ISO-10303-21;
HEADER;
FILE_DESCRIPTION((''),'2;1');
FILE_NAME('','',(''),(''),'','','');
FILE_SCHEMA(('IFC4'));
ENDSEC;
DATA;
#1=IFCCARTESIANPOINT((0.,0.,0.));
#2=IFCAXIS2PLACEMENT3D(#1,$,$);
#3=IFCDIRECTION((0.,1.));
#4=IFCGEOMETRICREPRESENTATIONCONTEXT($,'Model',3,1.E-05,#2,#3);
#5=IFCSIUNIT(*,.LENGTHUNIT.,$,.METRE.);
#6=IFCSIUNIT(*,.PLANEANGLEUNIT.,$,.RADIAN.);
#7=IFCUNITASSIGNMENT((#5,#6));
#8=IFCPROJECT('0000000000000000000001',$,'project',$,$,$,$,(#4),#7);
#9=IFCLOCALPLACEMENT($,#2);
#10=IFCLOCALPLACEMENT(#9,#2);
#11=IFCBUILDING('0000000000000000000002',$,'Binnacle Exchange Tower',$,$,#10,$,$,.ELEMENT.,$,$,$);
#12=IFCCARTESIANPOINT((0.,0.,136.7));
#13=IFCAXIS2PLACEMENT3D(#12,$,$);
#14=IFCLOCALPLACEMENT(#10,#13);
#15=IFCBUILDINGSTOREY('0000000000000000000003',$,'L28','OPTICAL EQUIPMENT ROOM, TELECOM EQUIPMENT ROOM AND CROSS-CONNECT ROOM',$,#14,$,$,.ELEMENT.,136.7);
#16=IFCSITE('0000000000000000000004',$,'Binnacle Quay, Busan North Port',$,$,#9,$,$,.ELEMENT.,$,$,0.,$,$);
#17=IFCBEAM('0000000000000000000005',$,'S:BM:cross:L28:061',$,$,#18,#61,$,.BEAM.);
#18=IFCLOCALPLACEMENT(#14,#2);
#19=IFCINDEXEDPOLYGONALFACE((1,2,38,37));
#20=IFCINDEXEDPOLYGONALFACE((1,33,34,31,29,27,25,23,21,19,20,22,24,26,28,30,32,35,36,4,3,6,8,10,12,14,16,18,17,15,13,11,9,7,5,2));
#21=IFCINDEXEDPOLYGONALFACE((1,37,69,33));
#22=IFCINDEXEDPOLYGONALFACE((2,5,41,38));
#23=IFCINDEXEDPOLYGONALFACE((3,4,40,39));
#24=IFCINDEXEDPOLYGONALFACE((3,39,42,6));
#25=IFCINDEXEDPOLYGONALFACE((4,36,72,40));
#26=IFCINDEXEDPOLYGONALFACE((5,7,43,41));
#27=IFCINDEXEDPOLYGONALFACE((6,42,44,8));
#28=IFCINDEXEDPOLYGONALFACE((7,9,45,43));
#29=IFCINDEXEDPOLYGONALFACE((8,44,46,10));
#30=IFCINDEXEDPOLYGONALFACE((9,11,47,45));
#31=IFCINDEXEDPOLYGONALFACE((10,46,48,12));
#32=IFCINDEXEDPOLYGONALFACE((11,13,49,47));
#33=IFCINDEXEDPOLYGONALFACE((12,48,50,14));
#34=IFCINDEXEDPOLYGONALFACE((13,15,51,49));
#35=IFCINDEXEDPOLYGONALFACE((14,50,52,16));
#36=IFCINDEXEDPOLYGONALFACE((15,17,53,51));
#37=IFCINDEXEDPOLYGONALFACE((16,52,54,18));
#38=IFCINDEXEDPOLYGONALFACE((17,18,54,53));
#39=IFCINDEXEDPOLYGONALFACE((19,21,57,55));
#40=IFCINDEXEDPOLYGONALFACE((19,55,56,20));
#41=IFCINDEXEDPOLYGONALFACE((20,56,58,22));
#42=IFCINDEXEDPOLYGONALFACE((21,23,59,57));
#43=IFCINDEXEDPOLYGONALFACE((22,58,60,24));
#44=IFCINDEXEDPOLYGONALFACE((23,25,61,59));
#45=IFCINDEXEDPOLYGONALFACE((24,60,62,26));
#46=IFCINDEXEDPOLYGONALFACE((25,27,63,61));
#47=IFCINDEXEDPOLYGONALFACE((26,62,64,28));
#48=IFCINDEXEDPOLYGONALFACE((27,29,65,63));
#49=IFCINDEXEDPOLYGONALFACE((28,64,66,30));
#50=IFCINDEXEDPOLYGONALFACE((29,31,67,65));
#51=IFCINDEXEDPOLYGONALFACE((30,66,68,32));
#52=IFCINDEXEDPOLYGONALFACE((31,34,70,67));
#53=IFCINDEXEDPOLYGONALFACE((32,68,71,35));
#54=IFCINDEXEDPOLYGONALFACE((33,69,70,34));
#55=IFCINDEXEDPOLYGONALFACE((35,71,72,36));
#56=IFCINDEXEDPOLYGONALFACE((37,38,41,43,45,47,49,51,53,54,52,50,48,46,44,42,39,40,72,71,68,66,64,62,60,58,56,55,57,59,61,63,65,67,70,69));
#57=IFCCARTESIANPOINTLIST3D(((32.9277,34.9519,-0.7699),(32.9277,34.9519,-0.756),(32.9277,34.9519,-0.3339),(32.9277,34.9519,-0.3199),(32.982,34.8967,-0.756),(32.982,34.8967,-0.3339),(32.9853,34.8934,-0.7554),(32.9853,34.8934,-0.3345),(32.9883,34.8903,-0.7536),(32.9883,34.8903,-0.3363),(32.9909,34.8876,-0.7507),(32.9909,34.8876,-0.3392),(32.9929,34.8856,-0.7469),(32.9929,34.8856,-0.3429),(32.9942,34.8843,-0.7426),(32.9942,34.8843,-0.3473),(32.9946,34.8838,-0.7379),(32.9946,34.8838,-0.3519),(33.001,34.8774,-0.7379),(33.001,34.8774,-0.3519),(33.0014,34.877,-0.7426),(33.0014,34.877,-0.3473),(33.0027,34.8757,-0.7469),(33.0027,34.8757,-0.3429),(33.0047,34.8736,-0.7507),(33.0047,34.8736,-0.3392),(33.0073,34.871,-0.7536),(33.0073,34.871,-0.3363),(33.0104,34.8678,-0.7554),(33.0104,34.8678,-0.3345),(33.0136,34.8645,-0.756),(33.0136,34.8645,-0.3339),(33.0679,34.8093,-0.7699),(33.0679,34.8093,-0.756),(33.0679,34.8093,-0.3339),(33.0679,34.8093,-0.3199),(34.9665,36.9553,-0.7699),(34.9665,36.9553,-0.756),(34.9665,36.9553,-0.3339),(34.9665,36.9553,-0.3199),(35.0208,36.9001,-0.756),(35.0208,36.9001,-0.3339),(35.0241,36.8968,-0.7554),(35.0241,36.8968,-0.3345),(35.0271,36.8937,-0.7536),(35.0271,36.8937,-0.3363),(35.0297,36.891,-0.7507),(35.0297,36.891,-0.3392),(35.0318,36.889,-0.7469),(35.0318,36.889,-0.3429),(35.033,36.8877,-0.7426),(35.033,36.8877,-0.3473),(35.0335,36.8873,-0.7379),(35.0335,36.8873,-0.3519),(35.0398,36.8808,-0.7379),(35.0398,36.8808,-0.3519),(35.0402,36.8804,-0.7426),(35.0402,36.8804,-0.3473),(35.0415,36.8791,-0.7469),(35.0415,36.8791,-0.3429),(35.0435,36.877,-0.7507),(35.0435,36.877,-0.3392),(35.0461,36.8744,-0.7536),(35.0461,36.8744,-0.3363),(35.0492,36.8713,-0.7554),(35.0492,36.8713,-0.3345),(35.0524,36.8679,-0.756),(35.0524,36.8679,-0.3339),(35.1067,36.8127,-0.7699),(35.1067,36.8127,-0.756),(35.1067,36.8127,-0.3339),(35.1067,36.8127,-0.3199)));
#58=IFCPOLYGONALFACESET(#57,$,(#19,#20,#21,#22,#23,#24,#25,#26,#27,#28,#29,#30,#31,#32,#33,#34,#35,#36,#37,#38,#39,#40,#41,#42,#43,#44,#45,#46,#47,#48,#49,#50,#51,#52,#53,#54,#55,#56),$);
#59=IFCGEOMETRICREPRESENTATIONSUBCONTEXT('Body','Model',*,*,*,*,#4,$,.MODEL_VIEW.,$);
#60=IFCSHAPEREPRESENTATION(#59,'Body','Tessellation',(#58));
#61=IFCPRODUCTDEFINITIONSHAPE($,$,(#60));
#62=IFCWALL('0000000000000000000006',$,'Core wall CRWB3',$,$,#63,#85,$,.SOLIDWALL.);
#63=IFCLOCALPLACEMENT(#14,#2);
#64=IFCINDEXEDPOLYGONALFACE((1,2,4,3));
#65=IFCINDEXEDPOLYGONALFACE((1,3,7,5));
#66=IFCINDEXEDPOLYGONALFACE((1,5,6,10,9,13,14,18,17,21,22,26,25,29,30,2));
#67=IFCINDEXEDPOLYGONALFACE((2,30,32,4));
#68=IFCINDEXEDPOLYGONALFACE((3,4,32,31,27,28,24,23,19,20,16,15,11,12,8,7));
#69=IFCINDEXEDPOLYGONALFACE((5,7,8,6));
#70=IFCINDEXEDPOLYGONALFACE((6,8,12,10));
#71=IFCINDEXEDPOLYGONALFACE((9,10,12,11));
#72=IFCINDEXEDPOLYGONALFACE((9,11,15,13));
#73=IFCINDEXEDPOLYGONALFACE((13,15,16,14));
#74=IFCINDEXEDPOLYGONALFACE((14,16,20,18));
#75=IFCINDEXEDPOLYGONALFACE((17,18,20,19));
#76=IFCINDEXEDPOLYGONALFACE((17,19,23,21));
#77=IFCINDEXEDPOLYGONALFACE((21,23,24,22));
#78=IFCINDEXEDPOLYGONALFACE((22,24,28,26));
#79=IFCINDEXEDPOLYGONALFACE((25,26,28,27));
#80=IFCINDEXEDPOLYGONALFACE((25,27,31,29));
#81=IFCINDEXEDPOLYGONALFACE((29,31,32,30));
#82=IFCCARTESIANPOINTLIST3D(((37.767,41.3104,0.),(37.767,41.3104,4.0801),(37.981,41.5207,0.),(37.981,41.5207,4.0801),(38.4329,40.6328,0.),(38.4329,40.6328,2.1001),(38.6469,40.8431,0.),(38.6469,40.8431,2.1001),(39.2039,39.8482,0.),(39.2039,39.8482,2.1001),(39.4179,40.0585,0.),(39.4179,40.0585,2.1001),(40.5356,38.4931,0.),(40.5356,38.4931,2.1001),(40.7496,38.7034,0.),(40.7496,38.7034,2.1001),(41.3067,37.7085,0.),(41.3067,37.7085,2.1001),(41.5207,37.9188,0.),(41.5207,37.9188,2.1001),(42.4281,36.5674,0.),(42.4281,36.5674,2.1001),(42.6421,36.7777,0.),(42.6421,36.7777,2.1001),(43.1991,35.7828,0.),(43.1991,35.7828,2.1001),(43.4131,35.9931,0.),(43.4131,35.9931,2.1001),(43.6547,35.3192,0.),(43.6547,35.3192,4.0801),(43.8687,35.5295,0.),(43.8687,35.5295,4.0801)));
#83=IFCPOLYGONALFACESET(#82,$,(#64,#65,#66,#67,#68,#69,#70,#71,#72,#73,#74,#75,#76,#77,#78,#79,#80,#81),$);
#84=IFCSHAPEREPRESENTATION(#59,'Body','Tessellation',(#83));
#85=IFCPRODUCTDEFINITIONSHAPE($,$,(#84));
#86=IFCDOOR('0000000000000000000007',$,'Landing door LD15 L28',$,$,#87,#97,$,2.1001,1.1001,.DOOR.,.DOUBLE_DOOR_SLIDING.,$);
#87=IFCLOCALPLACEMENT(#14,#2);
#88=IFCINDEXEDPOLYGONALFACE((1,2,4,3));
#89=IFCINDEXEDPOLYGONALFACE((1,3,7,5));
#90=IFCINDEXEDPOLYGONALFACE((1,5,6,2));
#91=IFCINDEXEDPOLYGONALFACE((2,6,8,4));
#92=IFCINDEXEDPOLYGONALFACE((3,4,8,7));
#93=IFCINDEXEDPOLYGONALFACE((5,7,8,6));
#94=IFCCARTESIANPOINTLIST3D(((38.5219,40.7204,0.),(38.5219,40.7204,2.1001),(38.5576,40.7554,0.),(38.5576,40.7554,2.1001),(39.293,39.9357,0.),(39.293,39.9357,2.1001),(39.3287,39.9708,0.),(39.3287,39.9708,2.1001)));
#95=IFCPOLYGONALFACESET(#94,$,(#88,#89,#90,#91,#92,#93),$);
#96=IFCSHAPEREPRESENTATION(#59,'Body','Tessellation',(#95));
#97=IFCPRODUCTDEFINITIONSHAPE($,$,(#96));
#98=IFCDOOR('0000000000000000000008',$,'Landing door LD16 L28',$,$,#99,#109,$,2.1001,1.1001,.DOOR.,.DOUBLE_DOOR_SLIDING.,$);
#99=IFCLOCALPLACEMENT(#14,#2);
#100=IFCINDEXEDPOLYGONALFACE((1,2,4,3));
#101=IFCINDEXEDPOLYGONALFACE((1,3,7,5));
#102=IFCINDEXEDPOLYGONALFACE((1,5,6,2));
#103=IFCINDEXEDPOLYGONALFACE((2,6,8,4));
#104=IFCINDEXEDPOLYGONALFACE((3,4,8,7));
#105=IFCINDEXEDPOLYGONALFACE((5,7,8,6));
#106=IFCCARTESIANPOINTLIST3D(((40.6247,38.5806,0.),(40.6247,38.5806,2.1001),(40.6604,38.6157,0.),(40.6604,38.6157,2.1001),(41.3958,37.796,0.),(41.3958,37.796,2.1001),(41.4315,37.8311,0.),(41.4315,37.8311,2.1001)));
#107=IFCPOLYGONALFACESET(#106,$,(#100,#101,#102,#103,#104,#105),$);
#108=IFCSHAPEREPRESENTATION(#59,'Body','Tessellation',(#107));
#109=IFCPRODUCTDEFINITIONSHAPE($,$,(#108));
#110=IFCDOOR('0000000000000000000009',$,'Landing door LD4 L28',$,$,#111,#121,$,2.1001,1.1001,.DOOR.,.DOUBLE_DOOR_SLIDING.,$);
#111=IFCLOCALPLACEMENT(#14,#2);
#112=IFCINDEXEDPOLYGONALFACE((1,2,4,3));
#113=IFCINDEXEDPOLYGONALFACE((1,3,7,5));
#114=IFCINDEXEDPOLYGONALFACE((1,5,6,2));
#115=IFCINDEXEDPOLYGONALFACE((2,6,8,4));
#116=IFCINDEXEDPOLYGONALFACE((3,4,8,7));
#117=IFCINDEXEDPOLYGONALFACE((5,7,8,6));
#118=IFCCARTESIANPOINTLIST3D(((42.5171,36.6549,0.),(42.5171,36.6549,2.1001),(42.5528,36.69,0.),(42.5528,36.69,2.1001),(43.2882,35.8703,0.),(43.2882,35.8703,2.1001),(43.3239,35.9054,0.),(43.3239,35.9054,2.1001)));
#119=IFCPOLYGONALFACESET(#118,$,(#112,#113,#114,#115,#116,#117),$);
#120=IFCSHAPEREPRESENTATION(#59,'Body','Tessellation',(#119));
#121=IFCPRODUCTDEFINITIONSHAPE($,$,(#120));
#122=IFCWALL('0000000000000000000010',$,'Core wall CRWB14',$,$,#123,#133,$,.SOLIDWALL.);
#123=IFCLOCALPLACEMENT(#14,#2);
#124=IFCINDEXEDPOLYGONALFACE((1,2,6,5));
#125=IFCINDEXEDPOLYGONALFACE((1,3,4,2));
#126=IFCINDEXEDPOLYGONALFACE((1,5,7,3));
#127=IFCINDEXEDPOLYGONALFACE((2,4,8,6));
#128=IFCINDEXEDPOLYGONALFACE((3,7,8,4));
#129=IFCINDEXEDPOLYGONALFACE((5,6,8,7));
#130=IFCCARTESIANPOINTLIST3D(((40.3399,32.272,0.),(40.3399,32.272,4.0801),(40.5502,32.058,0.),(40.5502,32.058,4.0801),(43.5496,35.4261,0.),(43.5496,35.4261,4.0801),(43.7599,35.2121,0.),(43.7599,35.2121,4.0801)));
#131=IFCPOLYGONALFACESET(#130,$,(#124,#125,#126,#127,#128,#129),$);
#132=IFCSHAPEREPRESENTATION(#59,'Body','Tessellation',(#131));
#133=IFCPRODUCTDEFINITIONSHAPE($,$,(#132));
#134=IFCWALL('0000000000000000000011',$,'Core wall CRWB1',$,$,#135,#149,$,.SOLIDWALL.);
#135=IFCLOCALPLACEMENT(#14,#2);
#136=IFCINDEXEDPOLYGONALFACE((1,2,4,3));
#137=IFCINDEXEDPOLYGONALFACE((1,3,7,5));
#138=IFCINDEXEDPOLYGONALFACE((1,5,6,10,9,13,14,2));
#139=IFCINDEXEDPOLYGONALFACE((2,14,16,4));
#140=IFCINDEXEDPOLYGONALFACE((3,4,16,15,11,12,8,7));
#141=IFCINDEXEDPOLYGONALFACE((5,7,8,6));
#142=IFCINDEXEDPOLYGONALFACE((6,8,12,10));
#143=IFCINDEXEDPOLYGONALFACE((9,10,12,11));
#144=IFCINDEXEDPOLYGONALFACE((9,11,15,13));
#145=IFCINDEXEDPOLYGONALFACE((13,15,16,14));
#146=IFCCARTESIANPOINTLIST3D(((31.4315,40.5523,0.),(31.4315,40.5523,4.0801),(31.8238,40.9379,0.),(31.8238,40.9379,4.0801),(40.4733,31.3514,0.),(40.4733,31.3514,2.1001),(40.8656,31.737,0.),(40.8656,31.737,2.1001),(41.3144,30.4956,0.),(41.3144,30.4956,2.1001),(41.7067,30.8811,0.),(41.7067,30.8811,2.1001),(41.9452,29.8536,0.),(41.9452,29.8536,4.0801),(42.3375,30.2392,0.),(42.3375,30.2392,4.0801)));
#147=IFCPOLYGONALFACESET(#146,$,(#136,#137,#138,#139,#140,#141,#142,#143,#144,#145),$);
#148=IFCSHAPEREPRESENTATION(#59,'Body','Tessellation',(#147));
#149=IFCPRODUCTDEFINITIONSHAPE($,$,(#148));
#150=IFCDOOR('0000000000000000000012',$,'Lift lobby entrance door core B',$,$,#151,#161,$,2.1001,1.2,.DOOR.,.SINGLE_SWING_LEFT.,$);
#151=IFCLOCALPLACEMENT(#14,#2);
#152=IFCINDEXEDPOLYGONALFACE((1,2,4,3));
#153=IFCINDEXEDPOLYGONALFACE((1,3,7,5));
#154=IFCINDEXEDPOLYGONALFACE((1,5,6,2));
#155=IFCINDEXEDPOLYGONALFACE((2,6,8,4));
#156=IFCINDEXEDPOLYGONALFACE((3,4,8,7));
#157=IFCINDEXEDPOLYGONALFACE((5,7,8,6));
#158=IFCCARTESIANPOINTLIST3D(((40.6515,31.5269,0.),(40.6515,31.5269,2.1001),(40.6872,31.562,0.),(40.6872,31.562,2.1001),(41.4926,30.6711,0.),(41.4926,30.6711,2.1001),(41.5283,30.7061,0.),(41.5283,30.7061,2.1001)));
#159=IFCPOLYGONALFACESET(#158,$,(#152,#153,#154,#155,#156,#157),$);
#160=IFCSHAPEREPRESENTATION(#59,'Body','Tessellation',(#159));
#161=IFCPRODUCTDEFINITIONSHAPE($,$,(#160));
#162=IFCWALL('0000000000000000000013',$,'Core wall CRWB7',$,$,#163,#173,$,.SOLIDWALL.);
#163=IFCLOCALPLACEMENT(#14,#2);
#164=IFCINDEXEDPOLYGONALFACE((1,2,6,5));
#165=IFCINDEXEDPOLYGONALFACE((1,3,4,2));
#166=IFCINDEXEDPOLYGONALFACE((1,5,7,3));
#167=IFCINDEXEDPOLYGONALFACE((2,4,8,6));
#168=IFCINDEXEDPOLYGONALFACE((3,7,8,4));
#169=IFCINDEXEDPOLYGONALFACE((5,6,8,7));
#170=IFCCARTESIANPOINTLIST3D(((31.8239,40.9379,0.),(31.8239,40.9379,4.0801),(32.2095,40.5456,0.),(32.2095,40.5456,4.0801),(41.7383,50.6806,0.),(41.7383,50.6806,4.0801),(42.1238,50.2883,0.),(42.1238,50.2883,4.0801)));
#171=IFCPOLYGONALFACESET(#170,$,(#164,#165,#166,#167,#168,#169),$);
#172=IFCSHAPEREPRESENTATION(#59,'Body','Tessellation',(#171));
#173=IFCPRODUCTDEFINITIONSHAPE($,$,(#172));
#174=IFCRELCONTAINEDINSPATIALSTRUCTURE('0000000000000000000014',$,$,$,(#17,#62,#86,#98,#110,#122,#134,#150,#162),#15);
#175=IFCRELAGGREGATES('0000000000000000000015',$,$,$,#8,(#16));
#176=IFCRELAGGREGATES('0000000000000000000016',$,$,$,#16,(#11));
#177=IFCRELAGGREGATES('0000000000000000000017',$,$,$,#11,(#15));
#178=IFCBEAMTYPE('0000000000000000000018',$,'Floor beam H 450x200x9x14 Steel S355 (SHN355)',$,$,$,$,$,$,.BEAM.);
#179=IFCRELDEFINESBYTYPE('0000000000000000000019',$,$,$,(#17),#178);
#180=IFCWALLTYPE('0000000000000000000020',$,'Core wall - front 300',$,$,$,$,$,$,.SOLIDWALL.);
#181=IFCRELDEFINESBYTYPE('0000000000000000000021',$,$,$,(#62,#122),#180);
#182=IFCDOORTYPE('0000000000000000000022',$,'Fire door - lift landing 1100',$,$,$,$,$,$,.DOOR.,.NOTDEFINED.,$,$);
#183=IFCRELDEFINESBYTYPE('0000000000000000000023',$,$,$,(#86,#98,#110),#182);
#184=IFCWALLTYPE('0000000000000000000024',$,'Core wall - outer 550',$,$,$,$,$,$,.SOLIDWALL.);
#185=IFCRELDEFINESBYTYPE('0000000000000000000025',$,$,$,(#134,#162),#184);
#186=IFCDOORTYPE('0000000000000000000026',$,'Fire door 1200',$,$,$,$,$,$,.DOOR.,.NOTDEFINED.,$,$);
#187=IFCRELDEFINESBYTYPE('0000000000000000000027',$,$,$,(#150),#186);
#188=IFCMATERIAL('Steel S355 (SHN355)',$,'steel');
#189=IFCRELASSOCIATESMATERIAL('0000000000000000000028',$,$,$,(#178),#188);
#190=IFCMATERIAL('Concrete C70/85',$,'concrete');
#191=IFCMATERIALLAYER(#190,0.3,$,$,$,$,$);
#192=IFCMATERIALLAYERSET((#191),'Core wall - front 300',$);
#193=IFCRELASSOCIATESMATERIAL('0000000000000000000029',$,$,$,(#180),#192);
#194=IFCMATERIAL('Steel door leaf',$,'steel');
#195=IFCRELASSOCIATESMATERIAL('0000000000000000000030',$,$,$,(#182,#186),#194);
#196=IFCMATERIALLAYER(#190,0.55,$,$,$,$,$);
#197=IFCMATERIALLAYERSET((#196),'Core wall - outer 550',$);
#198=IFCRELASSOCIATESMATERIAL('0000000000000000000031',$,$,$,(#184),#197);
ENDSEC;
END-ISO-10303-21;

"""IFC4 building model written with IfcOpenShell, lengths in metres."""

from ifc_helpers import new_model, si_unit, direction, frame, frame_2d, origin, origin_2d, place, context, subcontext, project, spatial, rectangle, i_section, extrude, material, layer, layer_set, material_profile, profile_set, type_object, element, fill, save


model = new_model("IFC4")

# Units and contexts
model_context = context("Model", 3, precision=1e-05, world=origin(), true_north=direction((0.0, 1.0)))
body_context = subcontext(model_context, "Body", "Model", "MODEL_VIEW")
ifc_project = project(units=[si_unit("LENGTHUNIT", "METRE"), si_unit("PLANEANGLEUNIT", "RADIAN")], contexts=[model_context])

# Site, building, storey
site_placement = place(None, origin())
site = spatial("IfcSite", under=ifc_project, at=site_placement, Name="Binnacle Quay, Busan North Port", CompositionType="ELEMENT", RefElevation=0.0)
building_placement = place(site_placement, origin())
building = spatial("IfcBuilding", under=site, at=building_placement, Name="Binnacle Exchange Tower", CompositionType="ELEMENT")
storey_placement = place(building_placement, frame((0.0, 0.0, 136.7)))
storey = spatial("IfcBuildingStorey", under=building, at=storey_placement, Name="L28", Description="OPTICAL EQUIPMENT ROOM, TELECOM EQUIPMENT ROOM AND CROSS-CONNECT ROOM", CompositionType="ELEMENT", Elevation=136.7)

# Shared definitions
ifc_material_1 = material(Name="Concrete C70/85", Category="concrete")

# Beam
ifc_material_2 = material(Name="Steel S355 (SHN355)", Category="steel")
ifc_material_profile_1 = material_profile(ifc_material_2, i_section(OverallWidth=0.2, OverallDepth=0.45, WebThickness=0.009, FlangeThickness=0.0139, FilletRadius=0.0181, at=origin_2d()), Name="H 450x200x9x14")
ifc_profile_set_1 = profile_set([ifc_material_profile_1], Name="Steel S355 (SHN355)")
beam_type_1 = type_object("IfcBeamType", Name="Floor beam H 450x200x9x14 Steel S355 (SHN355)", PredefinedType="BEAM", material=ifc_profile_set_1)
beam_1_placement = place(storey_placement, frame((32.9978, 34.8806, -0.5449), z_axis=(0.713272, 0.700887, 0.0), x_axis=(-0.700887, 0.713272, 0.0)))
element("IfcBeam", 1, at=beam_1_placement, inside=storey, type_object=beam_type_1, Name="S:BM:cross:L28:061", PredefinedType="BEAM", context=body_context, shape_type="SweptSolid", body=[
    extrude(i_section(OverallWidth=0.2, OverallDepth=0.45, WebThickness=0.009, FlangeThickness=0.0139, FilletRadius=0.0181, at=origin_2d()), origin(), (0.0, 0.0, 1.0), 2.8584),
])

# Wall, openings, doors
ifc_layer_1 = layer(ifc_material_1, 0.3)
ifc_layer_set_1 = layer_set([ifc_layer_1], Name="Core wall - front 300")
wall_type_1 = type_object("IfcWallType", Name="Core wall - front 300", PredefinedType="SOLIDWALL", material=ifc_layer_set_1)
wall_1_placement = place(storey_placement, frame((37.874, 41.4155, 0.0), z_axis=(0.0, 0.0, 1.0), x_axis=(0.700918, -0.713242, 0.0)))
wall_1 = element("IfcWall", 2, at=wall_1_placement, inside=storey, type_object=wall_type_1, Name="Core wall CRWB3", PredefinedType="SOLIDWALL", context=body_context, shape_type="SweptSolid", body=[
    extrude(rectangle(XDim=8.3999, YDim=0.3, at=frame_2d((4.2, 0.0))), origin(), (0.0, 0.0, 1.0), 4.0801),
])
opening_1_placement = place(wall_1_placement, frame((0.95, 0.0, 0.0)))
opening_1 = element("IfcOpeningElement", 3, at=opening_1_placement, cuts=wall_1, PredefinedType="OPENING", context=body_context, shape_type="SweptSolid", body=[
    extrude(rectangle(XDim=1.1001, YDim=2.1001, at=frame_2d((0.55, 1.05))), frame((0.0, 0.1599, 0.0), z_axis=(0.0, -1.0, 0.0), x_axis=(1.0, 0.0, 0.0)), (0.0, 0.0, 1.0), 0.3201),
])
opening_2_placement = place(wall_1_placement, frame((3.95, 0.0, 0.0)))
opening_2 = element("IfcOpeningElement", 4, at=opening_2_placement, cuts=wall_1, PredefinedType="OPENING", context=body_context, shape_type="SweptSolid", body=[
    extrude(rectangle(XDim=1.1001, YDim=2.1001, at=frame_2d((0.55, 1.05))), frame((0.0, 0.1599, 0.0), z_axis=(0.0, -1.0, 0.0), x_axis=(1.0, 0.0, 0.0)), (0.0, 0.0, 1.0), 0.3201),
])
opening_3_placement = place(wall_1_placement, frame((6.6499, 0.0, 0.0)))
opening_3 = element("IfcOpeningElement", 5, at=opening_3_placement, cuts=wall_1, PredefinedType="OPENING", context=body_context, shape_type="SweptSolid", body=[
    extrude(rectangle(XDim=1.1001, YDim=2.1001, at=frame_2d((0.55, 1.05))), frame((0.0, 0.1599, 0.0), z_axis=(0.0, -1.0, 0.0), x_axis=(1.0, 0.0, 0.0)), (0.0, 0.0, 1.0), 0.3201),
])
ifc_material_3 = material(Name="Steel door leaf", Category="steel")
door_type_1 = type_object("IfcDoorType", Name="Fire door - lift landing 1100", OperationType="NOTDEFINED", PredefinedType="DOOR", material=ifc_material_3)
door_1_placement = place(opening_1_placement, origin())
door_1 = element("IfcDoor", 6, at=door_1_placement, inside=storey, type_object=door_type_1, Name="Landing door LD15 L28", OperationType="DOUBLE_DOOR_SLIDING", OverallHeight=2.1001, OverallWidth=1.1001, PredefinedType="DOOR", context=body_context, shape_type="SweptSolid", body=[
    extrude(rectangle(XDim=1.1001, YDim=2.1001, at=frame_2d((0.55, 1.05))), frame((0.0, 0.0249, 0.0), z_axis=(0.0, -1.0, 0.0), x_axis=(1.0, 0.0, 0.0)), (0.0, 0.0, 1.0), 0.05),
])
fill(opening_1, door_1)
door_2_placement = place(opening_2_placement, origin())
door_2 = element("IfcDoor", 7, at=door_2_placement, inside=storey, type_object=door_type_1, Name="Landing door LD16 L28", OperationType="DOUBLE_DOOR_SLIDING", OverallHeight=2.1001, OverallWidth=1.1001, PredefinedType="DOOR", context=body_context, shape_type="SweptSolid", body=[
    extrude(rectangle(XDim=1.1001, YDim=2.1001, at=frame_2d((0.55, 1.05))), frame((0.0, 0.0249, 0.0), z_axis=(0.0, -1.0, 0.0), x_axis=(1.0, 0.0, 0.0)), (0.0, 0.0, 1.0), 0.05),
])
fill(opening_2, door_2)
door_3_placement = place(opening_3_placement, origin())
door_3 = element("IfcDoor", 8, at=door_3_placement, inside=storey, type_object=door_type_1, Name="Landing door LD4 L28", OperationType="DOUBLE_DOOR_SLIDING", OverallHeight=2.1001, OverallWidth=1.1001, PredefinedType="DOOR", context=body_context, shape_type="SweptSolid", body=[
    extrude(rectangle(XDim=1.1001, YDim=2.1001, at=frame_2d((0.55, 1.05))), frame((0.0, 0.0249, 0.0), z_axis=(0.0, -1.0, 0.0), x_axis=(1.0, 0.0, 0.0)), (0.0, 0.0, 1.0), 0.05),
])
fill(opening_3, door_3)

# Wall
wall_2_placement = place(storey_placement, frame((40.4451, 32.165, 0.0), z_axis=(0.0, 0.0, 1.0), x_axis=(0.713265, 0.700895, 0.0)))
element("IfcWall", 9, at=wall_2_placement, inside=storey, type_object=wall_type_1, Name="Core wall CRWB14", PredefinedType="SOLIDWALL", context=body_context, shape_type="SweptSolid", body=[
    extrude(rectangle(XDim=4.5, YDim=0.3, at=frame_2d((2.25, 0.0))), origin(), (0.0, 0.0, 1.0), 4.0801),
])

# Wall, opening, door
ifc_layer_2 = layer(ifc_material_1, 0.55)
ifc_layer_set_2 = layer_set([ifc_layer_2], Name="Core wall - outer 550")
wall_type_2 = type_object("IfcWallType", Name="Core wall - outer 550", PredefinedType="SOLIDWALL", material=ifc_layer_set_2)
wall_3_placement = place(storey_placement, frame((31.6277, 40.7451, 0.0), z_axis=(0.0, 0.0, 1.0), x_axis=(0.700911, -0.713248, 0.0)))
wall_3 = element("IfcWall", 10, at=wall_3_placement, inside=storey, type_object=wall_type_2, Name="Core wall CRWB1", PredefinedType="SOLIDWALL", context=body_context, shape_type="SweptSolid", body=[
    extrude(rectangle(XDim=15.0, YDim=0.55, at=frame_2d((7.5, 0.0))), origin(), (0.0, 0.0, 1.0), 4.0801),
])
opening_4_placement = place(wall_3_placement, frame((12.8999, 0.0, 0.0)))
opening_4 = element("IfcOpeningElement", 11, at=opening_4_placement, cuts=wall_3, PredefinedType="OPENING", context=body_context, shape_type="SweptSolid", body=[
    extrude(rectangle(XDim=1.2, YDim=2.1001, at=frame_2d((0.6001, 1.05))), frame((0.0, 0.2849, 0.0), z_axis=(0.0, -1.0, 0.0), x_axis=(1.0, 0.0, 0.0)), (0.0, 0.0, 1.0), 0.5701),
])
door_type_2 = type_object("IfcDoorType", Name="Fire door 1200", OperationType="NOTDEFINED", PredefinedType="DOOR", material=ifc_material_3)
door_4_placement = place(opening_4_placement, frame((1.2, 0.0, 0.0), z_axis=(0.0, 0.0, 1.0), x_axis=(-1.0, 0.0, 0.0)))
door_4 = element("IfcDoor", 12, at=door_4_placement, inside=storey, type_object=door_type_2, Name="Lift lobby entrance door core B", OperationType="SINGLE_SWING_LEFT", OverallHeight=2.1001, OverallWidth=1.2, PredefinedType="DOOR", context=body_context, shape_type="SweptSolid", body=[
    extrude(rectangle(XDim=1.2, YDim=2.1001, at=frame_2d((0.6001, 1.05))), frame((0.0, 0.0249, 0.0), z_axis=(0.0, -1.0, 0.0), x_axis=(1.0, 0.0, 0.0)), (0.0, 0.0, 1.0), 0.05),
])
fill(opening_4, door_4)

# Wall
for number, where, z_axis, x_axis, name in (
    (13, (32.0166, 40.7417, 0.0), (0.0, 0.0, 1.0), (0.713254, 0.700906, 0.0), "Core wall CRWB7"),
):
    element("IfcWall", number, at=place(storey_placement, frame(where, z_axis=z_axis, x_axis=x_axis)), inside=storey, type_object=wall_type_2, Name=name, PredefinedType="SOLIDWALL", context=body_context, shape_type="SweptSolid", body=[
        extrude(rectangle(XDim=13.9001, YDim=0.55, at=frame_2d((6.9502, 0.0))), origin(), (0.0, 0.0, 1.0), 4.0801),
    ])

save(model, "model.ifc")
